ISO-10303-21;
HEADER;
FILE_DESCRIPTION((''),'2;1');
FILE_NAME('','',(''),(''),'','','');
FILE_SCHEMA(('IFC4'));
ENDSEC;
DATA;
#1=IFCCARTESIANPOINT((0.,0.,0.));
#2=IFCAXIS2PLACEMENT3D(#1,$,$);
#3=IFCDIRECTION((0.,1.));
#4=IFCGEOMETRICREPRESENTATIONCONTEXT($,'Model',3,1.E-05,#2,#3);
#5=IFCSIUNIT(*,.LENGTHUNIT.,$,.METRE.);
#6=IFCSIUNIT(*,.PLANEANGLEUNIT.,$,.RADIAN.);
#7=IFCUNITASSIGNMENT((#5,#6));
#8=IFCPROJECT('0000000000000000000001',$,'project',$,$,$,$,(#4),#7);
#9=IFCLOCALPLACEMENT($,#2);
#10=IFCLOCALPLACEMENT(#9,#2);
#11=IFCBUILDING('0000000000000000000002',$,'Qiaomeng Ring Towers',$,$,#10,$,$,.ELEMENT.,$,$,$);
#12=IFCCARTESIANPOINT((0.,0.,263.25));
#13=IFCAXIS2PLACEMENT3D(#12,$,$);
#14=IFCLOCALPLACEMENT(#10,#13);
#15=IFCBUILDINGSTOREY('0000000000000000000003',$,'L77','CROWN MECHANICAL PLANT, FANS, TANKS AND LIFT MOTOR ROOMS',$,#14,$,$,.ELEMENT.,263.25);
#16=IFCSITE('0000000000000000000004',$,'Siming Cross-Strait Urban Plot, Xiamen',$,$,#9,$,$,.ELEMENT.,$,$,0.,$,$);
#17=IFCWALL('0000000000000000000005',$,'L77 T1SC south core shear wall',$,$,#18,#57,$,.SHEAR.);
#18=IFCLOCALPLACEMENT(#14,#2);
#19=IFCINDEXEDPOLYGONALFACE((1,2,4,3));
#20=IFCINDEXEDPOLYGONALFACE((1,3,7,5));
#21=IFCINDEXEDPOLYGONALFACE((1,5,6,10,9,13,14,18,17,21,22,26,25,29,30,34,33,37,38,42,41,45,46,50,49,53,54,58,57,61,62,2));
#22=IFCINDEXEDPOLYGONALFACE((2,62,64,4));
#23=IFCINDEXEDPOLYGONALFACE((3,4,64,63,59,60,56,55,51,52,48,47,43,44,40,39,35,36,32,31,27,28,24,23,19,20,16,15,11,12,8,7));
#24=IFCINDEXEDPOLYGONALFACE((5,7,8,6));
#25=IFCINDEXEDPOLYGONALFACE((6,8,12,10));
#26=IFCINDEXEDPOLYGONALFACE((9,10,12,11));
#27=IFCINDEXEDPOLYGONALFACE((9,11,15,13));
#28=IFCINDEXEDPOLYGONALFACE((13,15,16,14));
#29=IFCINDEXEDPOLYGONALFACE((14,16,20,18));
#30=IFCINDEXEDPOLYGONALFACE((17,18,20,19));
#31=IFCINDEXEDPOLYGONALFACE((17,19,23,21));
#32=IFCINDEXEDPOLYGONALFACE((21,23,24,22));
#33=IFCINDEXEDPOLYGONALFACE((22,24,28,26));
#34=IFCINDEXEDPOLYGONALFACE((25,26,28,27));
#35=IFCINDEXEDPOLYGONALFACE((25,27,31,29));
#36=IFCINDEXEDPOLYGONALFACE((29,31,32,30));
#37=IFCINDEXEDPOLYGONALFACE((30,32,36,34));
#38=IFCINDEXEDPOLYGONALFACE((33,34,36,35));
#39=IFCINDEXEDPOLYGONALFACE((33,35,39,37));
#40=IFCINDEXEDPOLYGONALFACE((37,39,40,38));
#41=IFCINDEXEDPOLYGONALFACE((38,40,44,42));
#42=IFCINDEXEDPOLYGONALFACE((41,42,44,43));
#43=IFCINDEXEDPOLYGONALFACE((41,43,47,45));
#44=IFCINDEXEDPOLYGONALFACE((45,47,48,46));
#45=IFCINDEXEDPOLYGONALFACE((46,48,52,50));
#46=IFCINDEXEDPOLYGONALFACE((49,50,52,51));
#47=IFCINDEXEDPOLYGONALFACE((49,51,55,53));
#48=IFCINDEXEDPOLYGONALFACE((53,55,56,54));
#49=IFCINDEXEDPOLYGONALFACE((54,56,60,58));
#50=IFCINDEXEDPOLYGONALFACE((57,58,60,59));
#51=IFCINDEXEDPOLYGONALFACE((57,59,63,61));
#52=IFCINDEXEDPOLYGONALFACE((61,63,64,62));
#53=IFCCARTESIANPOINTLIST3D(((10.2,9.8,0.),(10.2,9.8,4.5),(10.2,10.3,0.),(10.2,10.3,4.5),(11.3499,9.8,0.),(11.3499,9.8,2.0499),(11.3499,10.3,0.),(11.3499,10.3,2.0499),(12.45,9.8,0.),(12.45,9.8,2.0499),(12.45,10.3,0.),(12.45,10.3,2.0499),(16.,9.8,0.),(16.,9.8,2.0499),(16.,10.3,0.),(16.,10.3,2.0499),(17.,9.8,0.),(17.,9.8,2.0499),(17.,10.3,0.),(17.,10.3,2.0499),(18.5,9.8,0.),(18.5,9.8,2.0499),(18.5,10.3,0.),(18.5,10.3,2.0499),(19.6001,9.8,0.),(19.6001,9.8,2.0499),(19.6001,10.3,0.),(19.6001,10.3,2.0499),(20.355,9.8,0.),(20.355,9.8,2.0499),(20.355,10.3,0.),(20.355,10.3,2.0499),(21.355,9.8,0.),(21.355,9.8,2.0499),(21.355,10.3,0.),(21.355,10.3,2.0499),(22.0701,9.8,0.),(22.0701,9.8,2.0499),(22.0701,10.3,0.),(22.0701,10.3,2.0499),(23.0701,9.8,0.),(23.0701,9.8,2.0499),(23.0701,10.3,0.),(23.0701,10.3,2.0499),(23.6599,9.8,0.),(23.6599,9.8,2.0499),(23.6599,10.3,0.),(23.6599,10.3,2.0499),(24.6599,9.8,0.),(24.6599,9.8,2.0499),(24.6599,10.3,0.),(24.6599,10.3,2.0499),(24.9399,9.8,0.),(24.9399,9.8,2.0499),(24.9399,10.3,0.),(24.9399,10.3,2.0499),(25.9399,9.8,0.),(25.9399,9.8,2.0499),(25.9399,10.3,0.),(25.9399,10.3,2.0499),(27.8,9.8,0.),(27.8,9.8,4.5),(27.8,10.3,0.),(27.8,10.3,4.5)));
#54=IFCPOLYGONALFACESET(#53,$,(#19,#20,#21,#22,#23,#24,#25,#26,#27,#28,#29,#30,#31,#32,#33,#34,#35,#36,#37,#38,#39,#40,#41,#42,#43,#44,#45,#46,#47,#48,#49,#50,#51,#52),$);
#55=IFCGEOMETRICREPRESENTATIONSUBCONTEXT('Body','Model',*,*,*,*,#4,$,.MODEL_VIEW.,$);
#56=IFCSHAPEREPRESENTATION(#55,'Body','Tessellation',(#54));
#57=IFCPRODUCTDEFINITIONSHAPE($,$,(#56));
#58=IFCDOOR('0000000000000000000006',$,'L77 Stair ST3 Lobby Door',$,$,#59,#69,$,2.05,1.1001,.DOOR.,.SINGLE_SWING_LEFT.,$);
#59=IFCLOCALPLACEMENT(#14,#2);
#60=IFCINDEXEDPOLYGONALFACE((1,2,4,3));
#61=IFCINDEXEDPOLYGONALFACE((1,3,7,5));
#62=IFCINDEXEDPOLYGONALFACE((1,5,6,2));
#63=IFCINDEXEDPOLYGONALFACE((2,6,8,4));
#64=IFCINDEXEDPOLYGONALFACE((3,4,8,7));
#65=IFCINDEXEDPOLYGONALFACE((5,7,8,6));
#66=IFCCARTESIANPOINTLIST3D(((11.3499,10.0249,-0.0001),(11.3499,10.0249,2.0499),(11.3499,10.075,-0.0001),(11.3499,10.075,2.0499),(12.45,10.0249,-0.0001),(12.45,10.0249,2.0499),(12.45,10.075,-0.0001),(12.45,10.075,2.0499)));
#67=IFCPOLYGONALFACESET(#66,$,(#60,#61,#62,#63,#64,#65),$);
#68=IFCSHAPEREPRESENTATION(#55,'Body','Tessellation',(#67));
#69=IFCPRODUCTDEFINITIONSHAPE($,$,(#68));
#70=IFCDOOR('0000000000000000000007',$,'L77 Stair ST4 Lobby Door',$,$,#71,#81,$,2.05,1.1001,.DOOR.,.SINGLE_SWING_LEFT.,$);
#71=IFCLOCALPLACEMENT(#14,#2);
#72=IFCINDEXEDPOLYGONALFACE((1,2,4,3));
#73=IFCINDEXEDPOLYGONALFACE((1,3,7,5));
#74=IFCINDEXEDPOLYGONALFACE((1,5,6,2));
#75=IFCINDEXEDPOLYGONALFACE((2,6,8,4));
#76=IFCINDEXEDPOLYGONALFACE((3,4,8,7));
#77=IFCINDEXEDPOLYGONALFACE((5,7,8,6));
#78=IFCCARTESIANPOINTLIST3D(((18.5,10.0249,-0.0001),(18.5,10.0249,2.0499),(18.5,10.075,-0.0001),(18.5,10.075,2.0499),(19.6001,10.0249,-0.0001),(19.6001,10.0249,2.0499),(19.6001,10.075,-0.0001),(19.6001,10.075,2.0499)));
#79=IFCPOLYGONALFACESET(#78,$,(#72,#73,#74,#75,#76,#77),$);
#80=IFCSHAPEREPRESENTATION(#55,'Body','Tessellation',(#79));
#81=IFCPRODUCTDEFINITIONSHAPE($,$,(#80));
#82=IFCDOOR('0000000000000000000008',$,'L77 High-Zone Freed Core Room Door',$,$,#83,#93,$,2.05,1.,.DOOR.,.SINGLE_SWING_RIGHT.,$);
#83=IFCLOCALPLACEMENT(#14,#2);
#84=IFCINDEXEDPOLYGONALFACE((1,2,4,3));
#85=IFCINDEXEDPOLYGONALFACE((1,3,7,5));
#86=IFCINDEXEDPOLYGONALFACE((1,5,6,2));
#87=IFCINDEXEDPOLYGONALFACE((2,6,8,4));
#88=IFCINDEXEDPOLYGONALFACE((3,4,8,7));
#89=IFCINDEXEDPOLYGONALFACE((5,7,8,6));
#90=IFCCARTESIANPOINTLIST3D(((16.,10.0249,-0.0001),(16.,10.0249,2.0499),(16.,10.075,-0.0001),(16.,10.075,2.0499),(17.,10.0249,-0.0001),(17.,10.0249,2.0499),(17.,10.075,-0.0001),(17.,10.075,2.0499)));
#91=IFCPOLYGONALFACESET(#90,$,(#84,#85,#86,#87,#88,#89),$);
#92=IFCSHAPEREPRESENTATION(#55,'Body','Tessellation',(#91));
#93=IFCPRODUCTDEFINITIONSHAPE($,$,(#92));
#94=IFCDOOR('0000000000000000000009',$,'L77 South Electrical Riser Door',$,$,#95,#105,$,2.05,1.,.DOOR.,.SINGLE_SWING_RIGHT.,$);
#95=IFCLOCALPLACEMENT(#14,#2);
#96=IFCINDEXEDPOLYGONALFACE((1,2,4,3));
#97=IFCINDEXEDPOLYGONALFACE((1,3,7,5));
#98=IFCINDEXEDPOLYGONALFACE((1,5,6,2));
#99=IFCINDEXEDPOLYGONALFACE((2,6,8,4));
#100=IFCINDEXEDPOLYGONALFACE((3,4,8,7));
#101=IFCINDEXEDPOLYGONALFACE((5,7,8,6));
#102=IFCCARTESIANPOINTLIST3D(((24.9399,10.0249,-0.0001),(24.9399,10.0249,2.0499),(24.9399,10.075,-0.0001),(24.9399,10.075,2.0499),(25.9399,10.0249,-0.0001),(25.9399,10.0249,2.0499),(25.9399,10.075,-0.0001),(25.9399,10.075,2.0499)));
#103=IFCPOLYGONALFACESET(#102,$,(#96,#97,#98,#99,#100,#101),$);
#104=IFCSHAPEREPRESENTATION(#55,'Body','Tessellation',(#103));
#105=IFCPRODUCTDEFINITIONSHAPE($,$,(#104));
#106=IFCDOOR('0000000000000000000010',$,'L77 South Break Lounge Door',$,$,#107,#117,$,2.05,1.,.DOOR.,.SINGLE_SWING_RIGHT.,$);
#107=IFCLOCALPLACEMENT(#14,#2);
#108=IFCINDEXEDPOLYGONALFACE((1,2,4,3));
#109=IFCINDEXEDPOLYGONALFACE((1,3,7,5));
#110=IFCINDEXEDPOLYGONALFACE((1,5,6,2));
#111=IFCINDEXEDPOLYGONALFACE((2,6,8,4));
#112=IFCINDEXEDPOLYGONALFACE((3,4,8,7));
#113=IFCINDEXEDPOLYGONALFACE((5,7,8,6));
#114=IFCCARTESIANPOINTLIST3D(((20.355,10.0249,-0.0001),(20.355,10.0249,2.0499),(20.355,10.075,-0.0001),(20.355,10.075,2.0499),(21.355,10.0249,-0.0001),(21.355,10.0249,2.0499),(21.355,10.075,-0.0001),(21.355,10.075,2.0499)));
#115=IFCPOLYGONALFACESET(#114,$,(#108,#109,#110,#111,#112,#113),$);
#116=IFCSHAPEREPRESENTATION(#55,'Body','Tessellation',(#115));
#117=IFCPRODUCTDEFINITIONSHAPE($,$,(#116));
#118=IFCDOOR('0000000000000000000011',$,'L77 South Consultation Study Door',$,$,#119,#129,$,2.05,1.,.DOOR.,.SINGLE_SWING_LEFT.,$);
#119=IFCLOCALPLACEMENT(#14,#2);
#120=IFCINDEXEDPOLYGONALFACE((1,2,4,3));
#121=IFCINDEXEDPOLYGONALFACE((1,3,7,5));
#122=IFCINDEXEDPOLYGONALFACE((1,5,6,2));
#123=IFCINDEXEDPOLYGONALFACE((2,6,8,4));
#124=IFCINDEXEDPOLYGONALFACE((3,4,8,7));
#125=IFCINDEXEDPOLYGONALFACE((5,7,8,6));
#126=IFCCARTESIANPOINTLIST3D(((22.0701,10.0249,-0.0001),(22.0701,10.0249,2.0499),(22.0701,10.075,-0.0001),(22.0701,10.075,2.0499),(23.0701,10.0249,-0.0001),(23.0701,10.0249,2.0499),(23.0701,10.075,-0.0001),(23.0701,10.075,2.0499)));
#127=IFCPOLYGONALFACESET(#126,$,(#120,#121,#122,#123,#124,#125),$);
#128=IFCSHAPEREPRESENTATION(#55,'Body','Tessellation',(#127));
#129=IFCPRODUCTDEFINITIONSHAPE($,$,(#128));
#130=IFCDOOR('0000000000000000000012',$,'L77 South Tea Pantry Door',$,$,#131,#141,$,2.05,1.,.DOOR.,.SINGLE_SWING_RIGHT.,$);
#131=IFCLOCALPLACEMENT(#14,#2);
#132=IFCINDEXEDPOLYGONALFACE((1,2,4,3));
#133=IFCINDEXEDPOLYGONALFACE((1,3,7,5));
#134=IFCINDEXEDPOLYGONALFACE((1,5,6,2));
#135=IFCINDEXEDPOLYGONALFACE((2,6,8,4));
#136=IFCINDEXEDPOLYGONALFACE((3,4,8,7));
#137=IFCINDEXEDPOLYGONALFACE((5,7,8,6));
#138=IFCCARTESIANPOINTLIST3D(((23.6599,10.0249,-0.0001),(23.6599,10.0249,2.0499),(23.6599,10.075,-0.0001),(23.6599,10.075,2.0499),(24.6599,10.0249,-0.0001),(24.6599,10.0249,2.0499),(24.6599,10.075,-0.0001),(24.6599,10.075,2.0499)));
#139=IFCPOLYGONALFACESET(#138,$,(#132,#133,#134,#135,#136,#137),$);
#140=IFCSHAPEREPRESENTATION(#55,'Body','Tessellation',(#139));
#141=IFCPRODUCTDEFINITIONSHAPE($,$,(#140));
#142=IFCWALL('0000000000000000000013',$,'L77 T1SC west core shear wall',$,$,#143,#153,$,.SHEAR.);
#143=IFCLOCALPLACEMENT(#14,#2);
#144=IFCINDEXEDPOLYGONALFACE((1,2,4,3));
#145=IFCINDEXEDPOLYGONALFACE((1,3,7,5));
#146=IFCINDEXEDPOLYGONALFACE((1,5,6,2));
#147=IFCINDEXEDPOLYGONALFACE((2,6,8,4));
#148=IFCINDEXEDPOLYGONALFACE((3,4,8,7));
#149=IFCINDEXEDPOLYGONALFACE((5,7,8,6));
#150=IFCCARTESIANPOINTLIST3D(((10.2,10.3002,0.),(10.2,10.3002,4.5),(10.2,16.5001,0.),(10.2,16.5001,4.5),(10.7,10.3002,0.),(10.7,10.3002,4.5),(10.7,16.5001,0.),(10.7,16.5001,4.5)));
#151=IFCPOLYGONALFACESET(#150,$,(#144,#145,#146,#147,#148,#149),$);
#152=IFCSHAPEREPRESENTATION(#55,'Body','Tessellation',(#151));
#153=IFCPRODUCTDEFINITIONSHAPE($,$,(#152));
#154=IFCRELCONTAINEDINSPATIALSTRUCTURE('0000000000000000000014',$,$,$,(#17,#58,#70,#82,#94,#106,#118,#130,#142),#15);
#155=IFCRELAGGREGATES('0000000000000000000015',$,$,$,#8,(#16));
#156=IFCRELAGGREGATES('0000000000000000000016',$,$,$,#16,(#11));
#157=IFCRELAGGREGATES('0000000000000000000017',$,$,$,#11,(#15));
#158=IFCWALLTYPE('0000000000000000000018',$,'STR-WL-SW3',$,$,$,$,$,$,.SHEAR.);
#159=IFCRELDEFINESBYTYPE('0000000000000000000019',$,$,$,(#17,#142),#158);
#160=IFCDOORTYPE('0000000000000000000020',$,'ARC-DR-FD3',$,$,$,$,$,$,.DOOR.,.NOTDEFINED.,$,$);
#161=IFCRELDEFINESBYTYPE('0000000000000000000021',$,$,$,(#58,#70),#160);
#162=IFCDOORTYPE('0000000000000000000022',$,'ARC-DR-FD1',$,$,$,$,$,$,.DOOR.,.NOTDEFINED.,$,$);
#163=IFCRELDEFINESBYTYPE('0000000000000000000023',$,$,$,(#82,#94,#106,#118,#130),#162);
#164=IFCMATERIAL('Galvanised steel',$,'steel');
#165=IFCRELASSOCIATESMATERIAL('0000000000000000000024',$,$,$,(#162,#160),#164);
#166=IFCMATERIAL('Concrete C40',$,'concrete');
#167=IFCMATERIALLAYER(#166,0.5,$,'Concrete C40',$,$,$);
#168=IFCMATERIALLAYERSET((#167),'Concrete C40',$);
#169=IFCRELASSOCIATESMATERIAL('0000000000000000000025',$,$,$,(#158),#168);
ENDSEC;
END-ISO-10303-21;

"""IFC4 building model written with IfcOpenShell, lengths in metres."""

from ifc_helpers import new_model, si_unit, direction, frame, frame_2d, origin, place, context, subcontext, project, spatial, rectangle, extrude, source, transform, mapped, material, layer, layer_set, type_object, element, fill, save


model = new_model("IFC4")

# Units and contexts
model_context = context("Model", 3, precision=1e-05, world=origin(), true_north=direction((0.0, 1.0)))
body_context = subcontext(model_context, "Body", "Model", "MODEL_VIEW")
ifc_project = project(units=[si_unit("LENGTHUNIT", "METRE"), si_unit("PLANEANGLEUNIT", "RADIAN")], contexts=[model_context])

# Site, building, storey
site_placement = place(None, origin())
site = spatial("IfcSite", under=ifc_project, at=site_placement, Name="Siming Cross-Strait Urban Plot, Xiamen", CompositionType="ELEMENT", RefElevation=0.0)
building_placement = place(site_placement, origin())
building = spatial("IfcBuilding", under=site, at=building_placement, Name="Qiaomeng Ring Towers", CompositionType="ELEMENT")
storey_placement = place(building_placement, frame((0.0, 0.0, 263.25)))
storey = spatial("IfcBuildingStorey", under=building, at=storey_placement, Name="L77", Description="CROWN MECHANICAL PLANT, FANS, TANKS AND LIFT MOTOR ROOMS", CompositionType="ELEMENT", Elevation=263.25)

# Shared definitions
ifc_material_1 = material(Name="Concrete C40", Category="concrete")

# Shared definitions
ifc_material_2 = material(Name="Galvanised steel", Category="steel")

# Shared definitions
door_type_1 = type_object("IfcDoorType", Name="ARC-DR-FD1", OperationType="NOTDEFINED", PredefinedType="DOOR", material=ifc_material_2)
shared_shape_1 = source(origin(), body_context, "Body", "SweptSolid", [
    extrude(rectangle(XDim=1.0, YDim=2.05, at=frame_2d((0.5, 1.0249))), frame((0.0, 0.0249, 0.0), z_axis=(0.0, -1.0, 0.0), x_axis=(1.0, 0.0, 0.0)), (0.0, 0.0, 1.0), 0.05),
])

# Wall, openings, doors
ifc_layer_1 = layer(ifc_material_1, 0.5, Name="Concrete C40")
ifc_layer_set_1 = layer_set([ifc_layer_1], Name="Concrete C40")
wall_type_1 = type_object("IfcWallType", Name="STR-WL-SW3", PredefinedType="SHEAR", material=ifc_layer_set_1)
wall_1_placement = place(storey_placement, frame((10.2, 10.05, 0.0), z_axis=(0.0, 0.0, 1.0), x_axis=(1.0, 0.0, 0.0)))
wall_1 = element("IfcWall", 1, at=wall_1_placement, inside=storey, type_object=wall_type_1, Name="L77 T1SC south core shear wall", PredefinedType="SHEAR", context=body_context, shape_type="SweptSolid", body=[
    extrude(rectangle(XDim=17.6001, YDim=0.5, at=frame_2d((8.8, 0.0))), origin(), (0.0, 0.0, 1.0), 4.5),
])
opening_1_placement = place(wall_1_placement, frame((1.1499, 0.0, 0.0)))
opening_1 = element("IfcOpeningElement", 2, at=opening_1_placement, cuts=wall_1, PredefinedType="OPENING", context=body_context, shape_type="SweptSolid", body=[
    extrude(rectangle(XDim=1.1001, YDim=2.05, at=frame_2d((0.55, 1.0249))), frame((0.0, 0.26, 0.0), z_axis=(0.0, -1.0, 0.0), x_axis=(1.0, 0.0, 0.0)), (0.0, 0.0, 1.0), 0.52),
])
opening_2_placement = place(wall_1_placement, frame((8.3, 0.0, 0.0)))
opening_2 = element("IfcOpeningElement", 3, at=opening_2_placement, cuts=wall_1, PredefinedType="OPENING", context=body_context, shape_type="SweptSolid", body=[
    extrude(rectangle(XDim=1.1001, YDim=2.05, at=frame_2d((0.55, 1.0249))), frame((0.0, 0.26, 0.0), z_axis=(0.0, -1.0, 0.0), x_axis=(1.0, 0.0, 0.0)), (0.0, 0.0, 1.0), 0.52),
])
opening_3_placement = place(wall_1_placement, frame((5.8, 0.0, 0.0)))
opening_3 = element("IfcOpeningElement", 4, at=opening_3_placement, cuts=wall_1, PredefinedType="OPENING", context=body_context, shape_type="SweptSolid", body=[
    extrude(rectangle(XDim=1.0, YDim=2.05, at=frame_2d((0.5, 1.0249))), frame((0.0, 0.26, 0.0), z_axis=(0.0, -1.0, 0.0), x_axis=(1.0, 0.0, 0.0)), (0.0, 0.0, 1.0), 0.52),
])
opening_4_placement = place(wall_1_placement, frame((14.74, 0.0, 0.0)))
opening_4 = element("IfcOpeningElement", 5, at=opening_4_placement, cuts=wall_1, PredefinedType="OPENING", context=body_context, shape_type="SweptSolid", body=[
    extrude(rectangle(XDim=1.0, YDim=2.05, at=frame_2d((0.5, 1.0249))), frame((0.0, 0.26, 0.0), z_axis=(0.0, -1.0, 0.0), x_axis=(1.0, 0.0, 0.0)), (0.0, 0.0, 1.0), 0.52),
])
opening_5_placement = place(wall_1_placement, frame((10.155, 0.0, 0.0)))
opening_5 = element("IfcOpeningElement", 6, at=opening_5_placement, cuts=wall_1, PredefinedType="OPENING", context=body_context, shape_type="SweptSolid", body=[
    extrude(rectangle(XDim=1.0, YDim=2.05, at=frame_2d((0.5, 1.0249))), frame((0.0, 0.26, 0.0), z_axis=(0.0, -1.0, 0.0), x_axis=(1.0, 0.0, 0.0)), (0.0, 0.0, 1.0), 0.52),
])
opening_6_placement = place(wall_1_placement, frame((11.8701, 0.0, 0.0)))
opening_6 = element("IfcOpeningElement", 7, at=opening_6_placement, cuts=wall_1, PredefinedType="OPENING", context=body_context, shape_type="SweptSolid", body=[
    extrude(rectangle(XDim=1.0, YDim=2.05, at=frame_2d((0.5, 1.0249))), frame((0.0, 0.26, 0.0), z_axis=(0.0, -1.0, 0.0), x_axis=(1.0, 0.0, 0.0)), (0.0, 0.0, 1.0), 0.52),
])
opening_7_placement = place(wall_1_placement, frame((13.46, 0.0, 0.0)))
opening_7 = element("IfcOpeningElement", 8, at=opening_7_placement, cuts=wall_1, PredefinedType="OPENING", context=body_context, shape_type="SweptSolid", body=[
    extrude(rectangle(XDim=1.0, YDim=2.05, at=frame_2d((0.5, 1.0249))), frame((0.0, 0.26, 0.0), z_axis=(0.0, -1.0, 0.0), x_axis=(1.0, 0.0, 0.0)), (0.0, 0.0, 1.0), 0.52),
])
door_type_2 = type_object("IfcDoorType", Name="ARC-DR-FD3", OperationType="NOTDEFINED", PredefinedType="DOOR", material=ifc_material_2)
shared_shape_2 = source(origin(), body_context, "Body", "SweptSolid", [
    extrude(rectangle(XDim=1.1001, YDim=2.05, at=frame_2d((0.55, 1.0249))), frame((0.0, 0.0249, 0.0), z_axis=(0.0, -1.0, 0.0), x_axis=(1.0, 0.0, 0.0)), (0.0, 0.0, 1.0), 0.05),
])
door_1_placement = place(opening_1_placement, origin())
door_1 = element("IfcDoor", 9, at=door_1_placement, inside=storey, type_object=door_type_2, Name="L77 Stair ST3 Lobby Door", OperationType="SINGLE_SWING_LEFT", OverallHeight=2.05, OverallWidth=1.1001, PredefinedType="DOOR", context=body_context, shape_type="MappedRepresentation", body=[
    mapped(shared_shape_2, transform((0.0, 0.0, 0.0), x_axis=(1.0, 0.0, 0.0), y_axis=(0.0, 1.0, 0.0), z_axis=(0.0, 0.0, 1.0), scale=1.0)),
])
fill(opening_1, door_1)
door_2_placement = place(opening_2_placement, origin())
door_2 = element("IfcDoor", 10, at=door_2_placement, inside=storey, type_object=door_type_2, Name="L77 Stair ST4 Lobby Door", OperationType="SINGLE_SWING_LEFT", OverallHeight=2.05, OverallWidth=1.1001, PredefinedType="DOOR", context=body_context, shape_type="MappedRepresentation", body=[
    mapped(shared_shape_2, transform((0.0, 0.0, 0.0), x_axis=(1.0, 0.0, 0.0), y_axis=(0.0, 1.0, 0.0), z_axis=(0.0, 0.0, 1.0), scale=1.0)),
])
fill(opening_2, door_2)
door_3_placement = place(opening_3_placement, origin())
door_3 = element("IfcDoor", 11, at=door_3_placement, inside=storey, type_object=door_type_1, Name="L77 High-Zone Freed Core Room Door", OperationType="SINGLE_SWING_RIGHT", OverallHeight=2.05, OverallWidth=1.0, PredefinedType="DOOR", context=body_context, shape_type="MappedRepresentation", body=[
    mapped(shared_shape_1, transform((0.0, 0.0, 0.0), x_axis=(1.0, 0.0, 0.0), y_axis=(0.0, 1.0, 0.0), z_axis=(0.0, 0.0, 1.0), scale=1.0)),
])
fill(opening_3, door_3)
door_4_placement = place(opening_4_placement, origin())
door_4 = element("IfcDoor", 12, at=door_4_placement, inside=storey, type_object=door_type_1, Name="L77 South Electrical Riser Door", OperationType="SINGLE_SWING_RIGHT", OverallHeight=2.05, OverallWidth=1.0, PredefinedType="DOOR", context=body_context, shape_type="MappedRepresentation", body=[
    mapped(shared_shape_1, transform((0.0, 0.0, 0.0), x_axis=(1.0, 0.0, 0.0), y_axis=(0.0, 1.0, 0.0), z_axis=(0.0, 0.0, 1.0), scale=1.0)),
])
fill(opening_4, door_4)
door_5_placement = place(opening_5_placement, origin())
door_5 = element("IfcDoor", 13, at=door_5_placement, inside=storey, type_object=door_type_1, Name="L77 South Break Lounge Door", OperationType="SINGLE_SWING_RIGHT", OverallHeight=2.05, OverallWidth=1.0, PredefinedType="DOOR", context=body_context, shape_type="MappedRepresentation", body=[
    mapped(shared_shape_1, transform((0.0, 0.0, 0.0), x_axis=(1.0, 0.0, 0.0), y_axis=(0.0, 1.0, 0.0), z_axis=(0.0, 0.0, 1.0), scale=1.0)),
])
fill(opening_5, door_5)
door_6_placement = place(opening_6_placement, origin())
door_6 = element("IfcDoor", 14, at=door_6_placement, inside=storey, type_object=door_type_1, Name="L77 South Consultation Study Door", OperationType="SINGLE_SWING_LEFT", OverallHeight=2.05, OverallWidth=1.0, PredefinedType="DOOR", context=body_context, shape_type="MappedRepresentation", body=[
    mapped(shared_shape_1, transform((0.0, 0.0, 0.0), x_axis=(1.0, 0.0, 0.0), y_axis=(0.0, 1.0, 0.0), z_axis=(0.0, 0.0, 1.0), scale=1.0)),
])
fill(opening_6, door_6)
door_7_placement = place(opening_7_placement, origin())
door_7 = element("IfcDoor", 15, at=door_7_placement, inside=storey, type_object=door_type_1, Name="L77 South Tea Pantry Door", OperationType="SINGLE_SWING_RIGHT", OverallHeight=2.05, OverallWidth=1.0, PredefinedType="DOOR", context=body_context, shape_type="MappedRepresentation", body=[
    mapped(shared_shape_1, transform((0.0, 0.0, 0.0), x_axis=(1.0, 0.0, 0.0), y_axis=(0.0, 1.0, 0.0), z_axis=(0.0, 0.0, 1.0), scale=1.0)),
])
fill(opening_7, door_7)

# Wall
wall_2_placement = place(storey_placement, frame((10.45, 10.3, 0.0), z_axis=(0.0, 0.0, 1.0), x_axis=(0.0, 1.0, 0.0)))
element("IfcWall", 16, at=wall_2_placement, inside=storey, type_object=wall_type_1, Name="L77 T1SC west core shear wall", PredefinedType="SHEAR", context=body_context, shape_type="SweptSolid", body=[
    extrude(rectangle(XDim=6.2, YDim=0.5, at=frame_2d((3.1001, 0.0))), origin(), (0.0, 0.0, 1.0), 4.5),
])

save(model, "model.ifc")
